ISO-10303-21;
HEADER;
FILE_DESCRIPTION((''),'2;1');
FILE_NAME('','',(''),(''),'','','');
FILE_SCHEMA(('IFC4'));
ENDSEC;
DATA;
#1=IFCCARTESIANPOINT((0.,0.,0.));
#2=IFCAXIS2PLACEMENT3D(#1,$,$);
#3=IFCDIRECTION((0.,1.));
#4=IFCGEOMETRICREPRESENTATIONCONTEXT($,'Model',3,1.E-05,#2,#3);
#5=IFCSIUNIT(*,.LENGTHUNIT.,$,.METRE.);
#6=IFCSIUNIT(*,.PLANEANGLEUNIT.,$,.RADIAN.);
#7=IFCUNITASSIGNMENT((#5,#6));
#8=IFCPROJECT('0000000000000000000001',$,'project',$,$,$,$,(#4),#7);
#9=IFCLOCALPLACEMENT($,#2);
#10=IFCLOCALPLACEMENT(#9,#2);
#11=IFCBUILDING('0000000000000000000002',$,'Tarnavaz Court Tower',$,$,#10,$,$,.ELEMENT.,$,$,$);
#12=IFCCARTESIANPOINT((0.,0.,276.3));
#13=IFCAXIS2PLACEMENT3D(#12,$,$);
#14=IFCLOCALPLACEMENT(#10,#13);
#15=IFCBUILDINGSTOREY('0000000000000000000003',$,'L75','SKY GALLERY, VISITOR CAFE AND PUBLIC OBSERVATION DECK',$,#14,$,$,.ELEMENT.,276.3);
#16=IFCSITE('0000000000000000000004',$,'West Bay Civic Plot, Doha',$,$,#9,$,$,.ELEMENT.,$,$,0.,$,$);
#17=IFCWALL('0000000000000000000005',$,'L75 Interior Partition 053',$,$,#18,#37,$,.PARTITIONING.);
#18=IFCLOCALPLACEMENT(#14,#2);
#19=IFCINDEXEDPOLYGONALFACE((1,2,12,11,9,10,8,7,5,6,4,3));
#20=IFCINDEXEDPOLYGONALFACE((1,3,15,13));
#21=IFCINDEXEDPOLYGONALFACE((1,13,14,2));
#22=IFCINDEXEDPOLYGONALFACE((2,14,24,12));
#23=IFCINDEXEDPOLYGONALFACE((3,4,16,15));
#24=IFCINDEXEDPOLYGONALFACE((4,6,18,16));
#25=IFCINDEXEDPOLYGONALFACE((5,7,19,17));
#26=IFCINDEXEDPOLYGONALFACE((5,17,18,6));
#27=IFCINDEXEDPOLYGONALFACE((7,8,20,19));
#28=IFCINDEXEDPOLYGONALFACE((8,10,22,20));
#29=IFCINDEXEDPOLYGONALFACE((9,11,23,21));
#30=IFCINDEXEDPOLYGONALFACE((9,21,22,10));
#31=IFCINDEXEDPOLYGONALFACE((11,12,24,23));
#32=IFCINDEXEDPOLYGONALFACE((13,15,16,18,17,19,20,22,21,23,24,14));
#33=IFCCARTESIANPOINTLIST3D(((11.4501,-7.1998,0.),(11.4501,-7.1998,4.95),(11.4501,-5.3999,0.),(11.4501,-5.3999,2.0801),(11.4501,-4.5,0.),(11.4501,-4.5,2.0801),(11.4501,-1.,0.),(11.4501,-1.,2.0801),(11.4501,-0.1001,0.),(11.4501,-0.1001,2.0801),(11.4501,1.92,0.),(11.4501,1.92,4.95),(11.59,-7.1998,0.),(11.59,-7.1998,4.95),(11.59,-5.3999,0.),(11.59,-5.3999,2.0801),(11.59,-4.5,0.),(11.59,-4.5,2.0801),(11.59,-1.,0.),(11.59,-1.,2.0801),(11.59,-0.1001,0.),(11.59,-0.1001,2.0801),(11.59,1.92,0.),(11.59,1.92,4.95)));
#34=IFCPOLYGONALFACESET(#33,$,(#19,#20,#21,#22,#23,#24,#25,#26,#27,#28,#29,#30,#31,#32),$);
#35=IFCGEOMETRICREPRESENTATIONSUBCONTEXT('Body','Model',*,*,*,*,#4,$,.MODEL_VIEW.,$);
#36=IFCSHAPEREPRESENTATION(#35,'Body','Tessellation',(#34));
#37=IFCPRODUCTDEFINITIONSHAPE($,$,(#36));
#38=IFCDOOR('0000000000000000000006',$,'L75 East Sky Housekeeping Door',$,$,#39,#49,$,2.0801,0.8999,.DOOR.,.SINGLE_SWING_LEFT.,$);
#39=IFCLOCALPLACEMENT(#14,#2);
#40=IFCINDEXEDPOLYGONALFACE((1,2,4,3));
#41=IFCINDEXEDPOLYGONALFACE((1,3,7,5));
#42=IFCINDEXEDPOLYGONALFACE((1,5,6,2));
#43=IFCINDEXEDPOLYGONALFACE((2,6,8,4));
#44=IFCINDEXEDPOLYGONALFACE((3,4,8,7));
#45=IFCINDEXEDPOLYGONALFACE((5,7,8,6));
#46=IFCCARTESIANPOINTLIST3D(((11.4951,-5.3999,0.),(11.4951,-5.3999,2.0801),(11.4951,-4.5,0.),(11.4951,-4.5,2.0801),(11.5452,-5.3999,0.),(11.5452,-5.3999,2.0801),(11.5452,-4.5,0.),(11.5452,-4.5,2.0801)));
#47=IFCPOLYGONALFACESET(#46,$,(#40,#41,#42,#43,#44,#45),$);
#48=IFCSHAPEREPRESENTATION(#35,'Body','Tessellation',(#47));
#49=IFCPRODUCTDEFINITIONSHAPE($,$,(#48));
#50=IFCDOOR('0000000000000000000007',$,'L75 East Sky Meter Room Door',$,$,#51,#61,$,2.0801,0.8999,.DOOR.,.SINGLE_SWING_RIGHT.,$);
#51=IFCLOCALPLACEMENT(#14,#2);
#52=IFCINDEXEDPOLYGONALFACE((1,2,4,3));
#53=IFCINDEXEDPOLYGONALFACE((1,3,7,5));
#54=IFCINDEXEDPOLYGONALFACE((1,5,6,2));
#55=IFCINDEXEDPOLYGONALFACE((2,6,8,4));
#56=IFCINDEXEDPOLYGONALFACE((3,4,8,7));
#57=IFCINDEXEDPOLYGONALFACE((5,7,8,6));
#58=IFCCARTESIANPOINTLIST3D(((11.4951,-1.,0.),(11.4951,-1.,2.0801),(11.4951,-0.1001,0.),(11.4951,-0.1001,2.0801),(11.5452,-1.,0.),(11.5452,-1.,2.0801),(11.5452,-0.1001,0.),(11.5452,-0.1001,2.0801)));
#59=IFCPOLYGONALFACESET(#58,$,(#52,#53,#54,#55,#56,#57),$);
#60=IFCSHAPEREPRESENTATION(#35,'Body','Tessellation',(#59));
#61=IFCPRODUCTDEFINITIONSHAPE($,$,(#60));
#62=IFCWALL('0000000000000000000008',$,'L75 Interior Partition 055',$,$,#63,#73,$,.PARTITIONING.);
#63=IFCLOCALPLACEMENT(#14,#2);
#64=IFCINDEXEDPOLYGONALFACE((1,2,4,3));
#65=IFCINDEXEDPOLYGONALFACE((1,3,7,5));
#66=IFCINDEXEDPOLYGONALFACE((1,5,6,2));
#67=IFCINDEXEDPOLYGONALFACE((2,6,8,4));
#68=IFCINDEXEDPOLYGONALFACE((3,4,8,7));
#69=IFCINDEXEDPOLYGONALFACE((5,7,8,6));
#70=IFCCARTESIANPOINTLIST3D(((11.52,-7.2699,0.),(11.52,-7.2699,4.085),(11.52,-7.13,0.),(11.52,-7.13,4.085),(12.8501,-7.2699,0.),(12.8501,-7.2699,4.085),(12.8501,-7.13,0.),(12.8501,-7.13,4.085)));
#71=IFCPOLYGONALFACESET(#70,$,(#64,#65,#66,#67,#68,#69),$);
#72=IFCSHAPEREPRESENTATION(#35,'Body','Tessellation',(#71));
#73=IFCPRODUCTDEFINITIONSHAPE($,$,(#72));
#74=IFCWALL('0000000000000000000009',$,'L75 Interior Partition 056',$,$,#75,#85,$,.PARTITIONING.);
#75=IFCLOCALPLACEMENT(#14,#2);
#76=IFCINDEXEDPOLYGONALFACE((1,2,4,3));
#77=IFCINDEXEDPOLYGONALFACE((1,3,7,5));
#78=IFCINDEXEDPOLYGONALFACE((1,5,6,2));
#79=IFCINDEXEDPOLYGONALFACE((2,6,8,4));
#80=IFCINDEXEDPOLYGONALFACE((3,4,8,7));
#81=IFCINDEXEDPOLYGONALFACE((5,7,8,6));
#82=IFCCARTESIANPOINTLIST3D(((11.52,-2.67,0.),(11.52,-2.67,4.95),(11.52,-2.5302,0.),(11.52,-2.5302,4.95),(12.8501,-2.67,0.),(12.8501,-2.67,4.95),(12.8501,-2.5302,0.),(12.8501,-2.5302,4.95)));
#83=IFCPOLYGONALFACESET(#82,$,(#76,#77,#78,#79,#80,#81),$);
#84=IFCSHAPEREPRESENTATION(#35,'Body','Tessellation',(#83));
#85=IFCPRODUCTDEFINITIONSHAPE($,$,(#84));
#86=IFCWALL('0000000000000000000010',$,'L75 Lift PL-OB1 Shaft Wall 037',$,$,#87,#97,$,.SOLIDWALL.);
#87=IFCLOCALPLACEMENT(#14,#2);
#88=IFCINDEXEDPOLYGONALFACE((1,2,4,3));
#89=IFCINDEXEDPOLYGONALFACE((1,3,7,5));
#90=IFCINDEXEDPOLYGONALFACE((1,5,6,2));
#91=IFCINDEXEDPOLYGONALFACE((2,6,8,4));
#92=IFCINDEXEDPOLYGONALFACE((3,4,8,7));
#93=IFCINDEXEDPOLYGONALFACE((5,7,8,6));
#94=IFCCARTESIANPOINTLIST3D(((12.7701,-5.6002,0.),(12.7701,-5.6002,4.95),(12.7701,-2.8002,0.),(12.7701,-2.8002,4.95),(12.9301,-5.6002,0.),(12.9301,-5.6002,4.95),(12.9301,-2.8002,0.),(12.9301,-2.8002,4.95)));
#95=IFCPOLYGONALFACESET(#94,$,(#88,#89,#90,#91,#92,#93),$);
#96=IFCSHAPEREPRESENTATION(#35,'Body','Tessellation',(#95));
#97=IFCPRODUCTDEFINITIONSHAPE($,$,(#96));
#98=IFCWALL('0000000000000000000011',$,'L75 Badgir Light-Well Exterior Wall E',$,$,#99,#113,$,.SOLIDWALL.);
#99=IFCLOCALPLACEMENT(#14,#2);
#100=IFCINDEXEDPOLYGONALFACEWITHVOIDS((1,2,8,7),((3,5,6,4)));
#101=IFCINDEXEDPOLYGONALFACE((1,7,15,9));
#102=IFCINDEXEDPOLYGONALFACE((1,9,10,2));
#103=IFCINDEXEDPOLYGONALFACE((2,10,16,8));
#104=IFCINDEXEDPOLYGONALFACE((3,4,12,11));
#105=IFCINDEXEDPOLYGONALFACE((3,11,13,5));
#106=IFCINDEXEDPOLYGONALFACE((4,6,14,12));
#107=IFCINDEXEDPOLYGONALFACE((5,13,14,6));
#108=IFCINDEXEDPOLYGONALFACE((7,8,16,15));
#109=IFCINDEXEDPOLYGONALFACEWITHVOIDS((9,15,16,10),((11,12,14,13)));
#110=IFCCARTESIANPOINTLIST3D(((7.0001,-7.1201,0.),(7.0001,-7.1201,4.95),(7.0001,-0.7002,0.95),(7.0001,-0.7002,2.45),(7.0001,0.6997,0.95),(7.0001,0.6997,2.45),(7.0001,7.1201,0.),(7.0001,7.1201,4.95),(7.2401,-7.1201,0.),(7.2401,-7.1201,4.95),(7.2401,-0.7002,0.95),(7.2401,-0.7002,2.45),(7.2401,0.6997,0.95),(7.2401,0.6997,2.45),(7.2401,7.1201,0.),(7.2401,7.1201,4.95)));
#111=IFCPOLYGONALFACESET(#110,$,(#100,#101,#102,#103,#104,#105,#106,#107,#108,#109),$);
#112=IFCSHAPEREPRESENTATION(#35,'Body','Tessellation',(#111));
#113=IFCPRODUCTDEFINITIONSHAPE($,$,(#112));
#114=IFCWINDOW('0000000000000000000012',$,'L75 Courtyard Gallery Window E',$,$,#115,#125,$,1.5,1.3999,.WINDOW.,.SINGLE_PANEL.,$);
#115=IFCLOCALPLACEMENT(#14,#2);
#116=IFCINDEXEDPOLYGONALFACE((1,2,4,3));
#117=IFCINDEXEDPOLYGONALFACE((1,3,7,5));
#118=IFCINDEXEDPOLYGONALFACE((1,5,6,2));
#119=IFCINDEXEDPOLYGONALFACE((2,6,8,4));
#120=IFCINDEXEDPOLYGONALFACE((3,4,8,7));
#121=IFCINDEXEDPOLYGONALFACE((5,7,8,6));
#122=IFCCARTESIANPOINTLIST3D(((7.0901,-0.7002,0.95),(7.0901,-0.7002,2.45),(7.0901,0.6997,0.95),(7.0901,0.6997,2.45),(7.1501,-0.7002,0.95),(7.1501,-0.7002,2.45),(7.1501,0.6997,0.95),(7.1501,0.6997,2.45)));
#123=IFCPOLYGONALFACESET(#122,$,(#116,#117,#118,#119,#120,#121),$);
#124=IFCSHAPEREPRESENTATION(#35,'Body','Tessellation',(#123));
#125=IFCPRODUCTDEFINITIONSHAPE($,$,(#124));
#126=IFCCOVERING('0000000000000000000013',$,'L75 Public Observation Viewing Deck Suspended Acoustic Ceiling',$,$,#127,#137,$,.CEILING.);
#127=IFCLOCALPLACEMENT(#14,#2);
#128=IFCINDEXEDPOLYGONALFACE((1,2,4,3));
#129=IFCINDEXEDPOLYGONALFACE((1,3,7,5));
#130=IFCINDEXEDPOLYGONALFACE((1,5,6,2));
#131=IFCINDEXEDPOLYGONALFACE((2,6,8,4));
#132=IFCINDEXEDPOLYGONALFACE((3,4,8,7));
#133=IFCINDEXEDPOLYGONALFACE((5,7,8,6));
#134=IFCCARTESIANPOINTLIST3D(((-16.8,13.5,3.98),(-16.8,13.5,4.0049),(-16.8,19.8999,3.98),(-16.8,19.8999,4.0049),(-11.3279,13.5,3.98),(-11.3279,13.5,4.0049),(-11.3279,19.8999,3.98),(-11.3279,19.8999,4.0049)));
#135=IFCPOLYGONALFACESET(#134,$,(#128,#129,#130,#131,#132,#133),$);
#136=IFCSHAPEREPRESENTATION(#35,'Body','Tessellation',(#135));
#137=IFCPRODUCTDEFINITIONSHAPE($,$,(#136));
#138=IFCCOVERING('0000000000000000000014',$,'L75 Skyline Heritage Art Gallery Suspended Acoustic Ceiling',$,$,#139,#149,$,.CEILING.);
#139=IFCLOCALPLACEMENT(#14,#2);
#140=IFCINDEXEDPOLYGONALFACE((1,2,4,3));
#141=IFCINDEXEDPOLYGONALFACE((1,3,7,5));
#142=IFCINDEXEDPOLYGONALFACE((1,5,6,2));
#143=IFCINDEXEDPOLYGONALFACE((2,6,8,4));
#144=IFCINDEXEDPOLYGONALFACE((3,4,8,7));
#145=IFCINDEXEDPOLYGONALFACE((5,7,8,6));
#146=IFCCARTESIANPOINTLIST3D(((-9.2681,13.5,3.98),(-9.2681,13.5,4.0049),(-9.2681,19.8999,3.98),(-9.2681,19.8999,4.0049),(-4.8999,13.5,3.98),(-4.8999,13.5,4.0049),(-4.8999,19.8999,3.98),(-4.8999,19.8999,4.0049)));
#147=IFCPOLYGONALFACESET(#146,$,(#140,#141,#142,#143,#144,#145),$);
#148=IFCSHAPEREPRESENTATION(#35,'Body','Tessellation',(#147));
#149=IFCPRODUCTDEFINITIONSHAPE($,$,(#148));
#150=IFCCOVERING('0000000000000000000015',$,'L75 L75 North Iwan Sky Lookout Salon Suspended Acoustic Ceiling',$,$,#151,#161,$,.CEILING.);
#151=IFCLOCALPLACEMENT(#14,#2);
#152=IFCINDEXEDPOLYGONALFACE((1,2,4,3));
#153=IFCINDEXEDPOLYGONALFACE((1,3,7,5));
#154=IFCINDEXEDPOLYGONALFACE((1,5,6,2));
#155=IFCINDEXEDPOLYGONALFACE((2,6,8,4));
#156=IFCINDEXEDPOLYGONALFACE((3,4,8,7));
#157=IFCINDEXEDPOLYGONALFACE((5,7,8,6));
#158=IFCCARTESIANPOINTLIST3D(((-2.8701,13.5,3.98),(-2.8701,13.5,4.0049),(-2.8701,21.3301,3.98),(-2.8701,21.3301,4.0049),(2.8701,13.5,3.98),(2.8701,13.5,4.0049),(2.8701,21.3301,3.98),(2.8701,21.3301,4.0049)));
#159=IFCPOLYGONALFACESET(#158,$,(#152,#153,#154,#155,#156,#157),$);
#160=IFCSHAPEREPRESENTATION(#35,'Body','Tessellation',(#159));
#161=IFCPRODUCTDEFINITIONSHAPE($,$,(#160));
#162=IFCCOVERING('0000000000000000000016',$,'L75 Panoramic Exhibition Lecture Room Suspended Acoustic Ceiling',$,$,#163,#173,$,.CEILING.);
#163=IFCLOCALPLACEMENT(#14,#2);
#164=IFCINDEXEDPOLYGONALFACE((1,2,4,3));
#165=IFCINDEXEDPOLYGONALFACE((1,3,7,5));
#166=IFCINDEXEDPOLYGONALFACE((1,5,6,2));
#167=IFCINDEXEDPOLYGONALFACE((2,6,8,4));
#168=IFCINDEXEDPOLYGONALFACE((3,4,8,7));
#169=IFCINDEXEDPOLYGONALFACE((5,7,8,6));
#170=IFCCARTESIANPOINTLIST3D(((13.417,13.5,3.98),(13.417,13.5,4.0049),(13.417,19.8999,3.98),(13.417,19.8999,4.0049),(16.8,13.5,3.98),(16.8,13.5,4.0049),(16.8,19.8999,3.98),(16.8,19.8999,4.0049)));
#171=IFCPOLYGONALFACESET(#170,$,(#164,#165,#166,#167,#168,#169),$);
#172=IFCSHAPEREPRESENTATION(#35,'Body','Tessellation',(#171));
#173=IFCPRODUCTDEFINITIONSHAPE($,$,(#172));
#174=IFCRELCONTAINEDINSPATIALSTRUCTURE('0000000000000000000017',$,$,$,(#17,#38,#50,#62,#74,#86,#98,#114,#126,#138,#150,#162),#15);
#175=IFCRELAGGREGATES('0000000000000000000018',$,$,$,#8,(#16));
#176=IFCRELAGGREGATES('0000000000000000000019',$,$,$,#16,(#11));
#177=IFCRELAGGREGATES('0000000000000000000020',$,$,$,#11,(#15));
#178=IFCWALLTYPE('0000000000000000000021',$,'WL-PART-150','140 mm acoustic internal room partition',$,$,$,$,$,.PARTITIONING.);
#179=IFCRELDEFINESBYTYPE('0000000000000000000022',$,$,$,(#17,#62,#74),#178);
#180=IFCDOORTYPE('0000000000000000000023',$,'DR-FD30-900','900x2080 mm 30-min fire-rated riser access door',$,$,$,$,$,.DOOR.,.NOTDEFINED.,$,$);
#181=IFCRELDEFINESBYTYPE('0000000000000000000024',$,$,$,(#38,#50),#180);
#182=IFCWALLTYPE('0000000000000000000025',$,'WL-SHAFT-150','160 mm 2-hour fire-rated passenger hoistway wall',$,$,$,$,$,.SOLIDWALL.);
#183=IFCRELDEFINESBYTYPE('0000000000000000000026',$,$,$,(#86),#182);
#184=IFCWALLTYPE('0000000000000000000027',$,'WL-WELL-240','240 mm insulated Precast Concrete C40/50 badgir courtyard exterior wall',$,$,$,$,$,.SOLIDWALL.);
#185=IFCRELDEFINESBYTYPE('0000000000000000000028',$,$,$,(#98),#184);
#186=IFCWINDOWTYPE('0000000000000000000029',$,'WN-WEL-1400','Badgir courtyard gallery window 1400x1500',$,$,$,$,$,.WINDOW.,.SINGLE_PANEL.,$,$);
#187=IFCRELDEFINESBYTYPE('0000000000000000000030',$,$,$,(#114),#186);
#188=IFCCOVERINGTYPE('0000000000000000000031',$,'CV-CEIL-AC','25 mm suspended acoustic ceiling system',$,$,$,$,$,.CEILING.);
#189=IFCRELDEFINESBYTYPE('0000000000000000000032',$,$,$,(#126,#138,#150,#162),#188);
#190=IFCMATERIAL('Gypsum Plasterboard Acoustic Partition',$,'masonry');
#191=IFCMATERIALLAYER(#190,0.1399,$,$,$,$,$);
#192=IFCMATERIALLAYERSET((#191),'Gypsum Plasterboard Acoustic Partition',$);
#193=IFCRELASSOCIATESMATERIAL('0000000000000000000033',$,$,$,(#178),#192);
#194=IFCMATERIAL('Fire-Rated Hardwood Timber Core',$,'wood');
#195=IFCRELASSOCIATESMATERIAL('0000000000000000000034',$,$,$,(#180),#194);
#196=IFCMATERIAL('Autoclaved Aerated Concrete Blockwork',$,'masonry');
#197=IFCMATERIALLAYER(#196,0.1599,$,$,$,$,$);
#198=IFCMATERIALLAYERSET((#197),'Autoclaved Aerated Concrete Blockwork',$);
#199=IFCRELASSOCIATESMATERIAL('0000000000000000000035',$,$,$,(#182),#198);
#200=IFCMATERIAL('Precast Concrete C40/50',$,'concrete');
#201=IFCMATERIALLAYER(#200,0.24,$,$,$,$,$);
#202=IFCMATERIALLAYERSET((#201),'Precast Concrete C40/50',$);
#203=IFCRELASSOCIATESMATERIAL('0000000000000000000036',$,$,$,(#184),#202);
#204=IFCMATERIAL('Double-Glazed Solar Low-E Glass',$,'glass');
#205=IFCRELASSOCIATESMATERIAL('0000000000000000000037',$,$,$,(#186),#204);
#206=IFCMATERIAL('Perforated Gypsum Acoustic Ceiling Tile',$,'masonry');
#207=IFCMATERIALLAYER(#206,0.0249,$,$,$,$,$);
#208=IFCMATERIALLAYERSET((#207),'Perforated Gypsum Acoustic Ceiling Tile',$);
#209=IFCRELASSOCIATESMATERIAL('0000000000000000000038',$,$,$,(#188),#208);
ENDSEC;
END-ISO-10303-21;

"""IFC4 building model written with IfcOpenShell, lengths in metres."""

from ifc_helpers import new_model, si_unit, direction, frame, frame_2d, origin, place, context, subcontext, project, spatial, polyline, rectangle, outline, extrude, material, layer, layer_set, type_object, element, fill, save


model = new_model("IFC4")

# Units and contexts
model_context = context("Model", 3, precision=1e-05, world=origin(), true_north=direction((0.0, 1.0)))
body_context = subcontext(model_context, "Body", "Model", "MODEL_VIEW")
ifc_project = project(units=[si_unit("LENGTHUNIT", "METRE"), si_unit("PLANEANGLEUNIT", "RADIAN")], contexts=[model_context])

# Site, building, storey
site_placement = place(None, origin())
site = spatial("IfcSite", under=ifc_project, at=site_placement, Name="West Bay Civic Plot, Doha", CompositionType="ELEMENT", RefElevation=0.0)
building_placement = place(site_placement, origin())
building = spatial("IfcBuilding", under=site, at=building_placement, Name="Tarnavaz Court Tower", CompositionType="ELEMENT")
storey_placement = place(building_placement, frame((0.0, 0.0, 276.3)))
storey = spatial("IfcBuildingStorey", under=building, at=storey_placement, Name="L75", Description="SKY GALLERY, VISITOR CAFE AND PUBLIC OBSERVATION DECK", CompositionType="ELEMENT", Elevation=276.3)

# Shared definitions
ifc_material_1 = material(Name="Fire-Rated Hardwood Timber Core", Category="wood")

# Wall, openings, doors
ifc_material_2 = material(Name="Gypsum Plasterboard Acoustic Partition", Category="masonry")
ifc_layer_1 = layer(ifc_material_2, 0.1399)
ifc_layer_set_1 = layer_set([ifc_layer_1], Name="Gypsum Plasterboard Acoustic Partition")
wall_type_1 = type_object("IfcWallType", Name="WL-PART-150", Description="140 mm acoustic internal room partition", PredefinedType="PARTITIONING", material=ifc_layer_set_1)
wall_1_placement = place(storey_placement, frame((11.52, -7.2, 0.0), z_axis=(0.0, 0.0, 1.0), x_axis=(0.0, 1.0, 0.0)))
wall_1 = element("IfcWall", 1, at=wall_1_placement, inside=storey, type_object=wall_type_1, Name="L75 Interior Partition 053", PredefinedType="PARTITIONING", context=body_context, shape_type="SweptSolid", body=[
    extrude(rectangle(XDim=9.1199, YDim=0.1399, at=frame_2d((4.5601, 0.0))), origin(), (0.0, 0.0, 1.0), 4.95),
])
opening_1_placement = place(wall_1_placement, frame((1.8, 0.0, 0.0)))
opening_1 = element("IfcOpeningElement", 2, at=opening_1_placement, cuts=wall_1, PredefinedType="OPENING", context=body_context, shape_type="SweptSolid", body=[
    extrude(rectangle(XDim=0.8999, YDim=2.0801, at=frame_2d((0.45, 1.04))), frame((0.0, 0.0798, 0.0), z_axis=(0.0, -1.0, 0.0), x_axis=(1.0, 0.0, 0.0)), (0.0, 0.0, 1.0), 0.1599),
])
opening_2_placement = place(wall_1_placement, frame((6.2, 0.0, 0.0)))
opening_2 = element("IfcOpeningElement", 3, at=opening_2_placement, cuts=wall_1, PredefinedType="OPENING", context=body_context, shape_type="SweptSolid", body=[
    extrude(rectangle(XDim=0.8999, YDim=2.0801, at=frame_2d((0.45, 1.04))), frame((0.0, 0.0798, 0.0), z_axis=(0.0, -1.0, 0.0), x_axis=(1.0, 0.0, 0.0)), (0.0, 0.0, 1.0), 0.1599),
])
door_type_1 = type_object("IfcDoorType", Name="DR-FD30-900", Description="900x2080 mm 30-min fire-rated riser access door", OperationType="NOTDEFINED", PredefinedType="DOOR", material=ifc_material_1)
door_1_placement = place(opening_1_placement, origin())
door_1 = element("IfcDoor", 4, at=door_1_placement, inside=storey, type_object=door_type_1, Name="L75 East Sky Housekeeping Door", OperationType="SINGLE_SWING_LEFT", OverallHeight=2.0801, OverallWidth=0.8999, PredefinedType="DOOR", context=body_context, shape_type="SweptSolid", body=[
    extrude(rectangle(XDim=0.8999, YDim=2.0801, at=frame_2d((0.45, 1.04))), frame((0.0, 0.0249, 0.0), z_axis=(0.0, -1.0, 0.0), x_axis=(1.0, 0.0, 0.0)), (0.0, 0.0, 1.0), 0.05),
])
fill(opening_1, door_1)
door_2_placement = place(opening_2_placement, origin())
door_2 = element("IfcDoor", 5, at=door_2_placement, inside=storey, type_object=door_type_1, Name="L75 East Sky Meter Room Door", OperationType="SINGLE_SWING_RIGHT", OverallHeight=2.0801, OverallWidth=0.8999, PredefinedType="DOOR", context=body_context, shape_type="SweptSolid", body=[
    extrude(rectangle(XDim=0.8999, YDim=2.0801, at=frame_2d((0.45, 1.04))), frame((0.0, 0.0249, 0.0), z_axis=(0.0, -1.0, 0.0), x_axis=(1.0, 0.0, 0.0)), (0.0, 0.0, 1.0), 0.05),
])
fill(opening_2, door_2)

# Walls
wall_2_placement = place(storey_placement, frame((11.52, -7.2, 0.0), z_axis=(0.0, 0.0, 1.0), x_axis=(1.0, 0.0, 0.0)))
element("IfcWall", 6, at=wall_2_placement, inside=storey, type_object=wall_type_1, Name="L75 Interior Partition 055", PredefinedType="PARTITIONING", context=body_context, shape_type="SweptSolid", body=[
    extrude(rectangle(XDim=1.3301, YDim=0.1399, at=frame_2d((0.665, 0.0))), origin(), (0.0, 0.0, 1.0), 4.085),
])
wall_3_placement = place(storey_placement, frame((11.52, -2.6001, 0.0), z_axis=(0.0, 0.0, 1.0), x_axis=(1.0, 0.0, 0.0)))
element("IfcWall", 7, at=wall_3_placement, inside=storey, type_object=wall_type_1, Name="L75 Interior Partition 056", PredefinedType="PARTITIONING", context=body_context, shape_type="SweptSolid", body=[
    extrude(rectangle(XDim=1.3301, YDim=0.1399, at=frame_2d((0.665, 0.0))), origin(), (0.0, 0.0, 1.0), 4.95),
])
ifc_material_3 = material(Name="Autoclaved Aerated Concrete Blockwork", Category="masonry")
ifc_layer_2 = layer(ifc_material_3, 0.1599)
ifc_layer_set_2 = layer_set([ifc_layer_2], Name="Autoclaved Aerated Concrete Blockwork")
wall_type_2 = type_object("IfcWallType", Name="WL-SHAFT-150", Description="160 mm 2-hour fire-rated passenger hoistway wall", PredefinedType="SOLIDWALL", material=ifc_layer_set_2)
wall_4_placement = place(storey_placement, frame((12.8501, -5.6001, 0.0), z_axis=(0.0, 0.0, 1.0), x_axis=(0.0, 1.0, 0.0)))
element("IfcWall", 8, at=wall_4_placement, inside=storey, type_object=wall_type_2, Name="L75 Lift PL-OB1 Shaft Wall 037", PredefinedType="SOLIDWALL", context=body_context, shape_type="SweptSolid", body=[
    extrude(rectangle(XDim=2.8, YDim=0.1599, at=frame_2d((1.3999, 0.0))), origin(), (0.0, 0.0, 1.0), 4.95),
])

# Wall, opening, window
ifc_material_4 = material(Name="Precast Concrete C40/50", Category="concrete")
ifc_layer_3 = layer(ifc_material_4, 0.24)
ifc_layer_set_3 = layer_set([ifc_layer_3], Name="Precast Concrete C40/50")
wall_type_3 = type_object("IfcWallType", Name="WL-WELL-240", Description="240 mm insulated Precast Concrete C40/50 badgir courtyard exterior wall", PredefinedType="SOLIDWALL", material=ifc_layer_set_3)
wall_5_placement = place(storey_placement, frame((7.1201, -7.1201, 0.0), z_axis=(0.0, 0.0, 1.0), x_axis=(0.0, 1.0, 0.0)))
wall_5 = element("IfcWall", 9, at=wall_5_placement, inside=storey, type_object=wall_type_3, Name="L75 Badgir Light-Well Exterior Wall E", PredefinedType="SOLIDWALL", context=body_context, shape_type="SweptSolid", body=[
    extrude(rectangle(XDim=14.2402, YDim=0.24, at=frame_2d((7.1201, 0.0))), origin(), (0.0, 0.0, 1.0), 4.95),
])
opening_3_placement = place(wall_5_placement, frame((6.4199, 0.0, 0.95)))
opening_3 = element("IfcOpeningElement", 10, at=opening_3_placement, cuts=wall_5, PredefinedType="OPENING", context=body_context, shape_type="SweptSolid", body=[
    extrude(rectangle(XDim=1.3999, YDim=1.5, at=frame_2d((0.7, 0.75))), frame((0.0, 0.1299, 0.0), z_axis=(0.0, -1.0, 0.0), x_axis=(1.0, 0.0, 0.0)), (0.0, 0.0, 1.0), 0.26),
])
ifc_material_5 = material(Name="Double-Glazed Solar Low-E Glass", Category="glass")
window_type = type_object("IfcWindowType", Name="WN-WEL-1400", Description="Badgir courtyard gallery window 1400x1500", PartitioningType="SINGLE_PANEL", PredefinedType="WINDOW", material=ifc_material_5)
window_placement = place(opening_3_placement, origin())
window = element("IfcWindow", 11, at=window_placement, inside=storey, type_object=window_type, Name="L75 Courtyard Gallery Window E", OverallHeight=1.5, OverallWidth=1.3999, PartitioningType="SINGLE_PANEL", PredefinedType="WINDOW", context=body_context, shape_type="SweptSolid", body=[
    extrude(rectangle(XDim=1.3999, YDim=1.5, at=frame_2d((0.7, 0.75))), frame((0.0, 0.03, 0.0), z_axis=(0.0, -1.0, 0.0), x_axis=(1.0, 0.0, 0.0)), (0.0, 0.0, 1.0), 0.0601),
])
fill(opening_3, window)

# Coverings
ifc_material_6 = material(Name="Perforated Gypsum Acoustic Ceiling Tile", Category="masonry")
ifc_layer_4 = layer(ifc_material_6, 0.0249)
ifc_layer_set_4 = layer_set([ifc_layer_4], Name="Perforated Gypsum Acoustic Ceiling Tile")
covering_type_1 = type_object("IfcCoveringType", Name="CV-CEIL-AC", Description="25 mm suspended acoustic ceiling system", PredefinedType="CEILING", material=ifc_layer_set_4)
covering_1_placement = place(storey_placement, frame((0.0, 0.0, 3.98)))
element("IfcCovering", 12, at=covering_1_placement, inside=storey, type_object=covering_type_1, Name="L75 Public Observation Viewing Deck Suspended Acoustic Ceiling", PredefinedType="CEILING", context=body_context, shape_type="SweptSolid", body=[
    extrude(outline(polyline([(-16.8, 13.5), (-11.3279, 13.5), (-11.3279, 19.8999), (-16.8, 19.8999), (-16.8, 13.5)])), origin(), (0.0, 0.0, 1.0), 0.0249),
])
covering_2_placement = place(storey_placement, frame((0.0, 0.0, 3.98)))
element("IfcCovering", 13, at=covering_2_placement, inside=storey, type_object=covering_type_1, Name="L75 Skyline Heritage Art Gallery Suspended Acoustic Ceiling", PredefinedType="CEILING", context=body_context, shape_type="SweptSolid", body=[
    extrude(outline(polyline([(-9.2681, 13.5), (-4.8999, 13.5), (-4.8999, 19.8999), (-9.2681, 19.8999), (-9.2681, 13.5)])), origin(), (0.0, 0.0, 1.0), 0.0249),
])
covering_3_placement = place(storey_placement, frame((0.0, 0.0, 3.98)))
element("IfcCovering", 14, at=covering_3_placement, inside=storey, type_object=covering_type_1, Name="L75 L75 North Iwan Sky Lookout Salon Suspended Acoustic Ceiling", PredefinedType="CEILING", context=body_context, shape_type="SweptSolid", body=[
    extrude(outline(polyline([(-2.8701, 13.5), (2.8701, 13.5), (2.8701, 21.3301), (-2.8701, 21.3301), (-2.8701, 13.5)])), origin(), (0.0, 0.0, 1.0), 0.0249),
])
covering_4_placement = place(storey_placement, frame((0.0, 0.0, 3.98)))
element("IfcCovering", 15, at=covering_4_placement, inside=storey, type_object=covering_type_1, Name="L75 Panoramic Exhibition Lecture Room Suspended Acoustic Ceiling", PredefinedType="CEILING", context=body_context, shape_type="SweptSolid", body=[
    extrude(outline(polyline([(13.417, 13.5), (16.8, 13.5), (16.8, 19.8999), (13.417, 19.8999), (13.417, 13.5)])), origin(), (0.0, 0.0, 1.0), 0.0249),
])

save(model, "model.ifc")
